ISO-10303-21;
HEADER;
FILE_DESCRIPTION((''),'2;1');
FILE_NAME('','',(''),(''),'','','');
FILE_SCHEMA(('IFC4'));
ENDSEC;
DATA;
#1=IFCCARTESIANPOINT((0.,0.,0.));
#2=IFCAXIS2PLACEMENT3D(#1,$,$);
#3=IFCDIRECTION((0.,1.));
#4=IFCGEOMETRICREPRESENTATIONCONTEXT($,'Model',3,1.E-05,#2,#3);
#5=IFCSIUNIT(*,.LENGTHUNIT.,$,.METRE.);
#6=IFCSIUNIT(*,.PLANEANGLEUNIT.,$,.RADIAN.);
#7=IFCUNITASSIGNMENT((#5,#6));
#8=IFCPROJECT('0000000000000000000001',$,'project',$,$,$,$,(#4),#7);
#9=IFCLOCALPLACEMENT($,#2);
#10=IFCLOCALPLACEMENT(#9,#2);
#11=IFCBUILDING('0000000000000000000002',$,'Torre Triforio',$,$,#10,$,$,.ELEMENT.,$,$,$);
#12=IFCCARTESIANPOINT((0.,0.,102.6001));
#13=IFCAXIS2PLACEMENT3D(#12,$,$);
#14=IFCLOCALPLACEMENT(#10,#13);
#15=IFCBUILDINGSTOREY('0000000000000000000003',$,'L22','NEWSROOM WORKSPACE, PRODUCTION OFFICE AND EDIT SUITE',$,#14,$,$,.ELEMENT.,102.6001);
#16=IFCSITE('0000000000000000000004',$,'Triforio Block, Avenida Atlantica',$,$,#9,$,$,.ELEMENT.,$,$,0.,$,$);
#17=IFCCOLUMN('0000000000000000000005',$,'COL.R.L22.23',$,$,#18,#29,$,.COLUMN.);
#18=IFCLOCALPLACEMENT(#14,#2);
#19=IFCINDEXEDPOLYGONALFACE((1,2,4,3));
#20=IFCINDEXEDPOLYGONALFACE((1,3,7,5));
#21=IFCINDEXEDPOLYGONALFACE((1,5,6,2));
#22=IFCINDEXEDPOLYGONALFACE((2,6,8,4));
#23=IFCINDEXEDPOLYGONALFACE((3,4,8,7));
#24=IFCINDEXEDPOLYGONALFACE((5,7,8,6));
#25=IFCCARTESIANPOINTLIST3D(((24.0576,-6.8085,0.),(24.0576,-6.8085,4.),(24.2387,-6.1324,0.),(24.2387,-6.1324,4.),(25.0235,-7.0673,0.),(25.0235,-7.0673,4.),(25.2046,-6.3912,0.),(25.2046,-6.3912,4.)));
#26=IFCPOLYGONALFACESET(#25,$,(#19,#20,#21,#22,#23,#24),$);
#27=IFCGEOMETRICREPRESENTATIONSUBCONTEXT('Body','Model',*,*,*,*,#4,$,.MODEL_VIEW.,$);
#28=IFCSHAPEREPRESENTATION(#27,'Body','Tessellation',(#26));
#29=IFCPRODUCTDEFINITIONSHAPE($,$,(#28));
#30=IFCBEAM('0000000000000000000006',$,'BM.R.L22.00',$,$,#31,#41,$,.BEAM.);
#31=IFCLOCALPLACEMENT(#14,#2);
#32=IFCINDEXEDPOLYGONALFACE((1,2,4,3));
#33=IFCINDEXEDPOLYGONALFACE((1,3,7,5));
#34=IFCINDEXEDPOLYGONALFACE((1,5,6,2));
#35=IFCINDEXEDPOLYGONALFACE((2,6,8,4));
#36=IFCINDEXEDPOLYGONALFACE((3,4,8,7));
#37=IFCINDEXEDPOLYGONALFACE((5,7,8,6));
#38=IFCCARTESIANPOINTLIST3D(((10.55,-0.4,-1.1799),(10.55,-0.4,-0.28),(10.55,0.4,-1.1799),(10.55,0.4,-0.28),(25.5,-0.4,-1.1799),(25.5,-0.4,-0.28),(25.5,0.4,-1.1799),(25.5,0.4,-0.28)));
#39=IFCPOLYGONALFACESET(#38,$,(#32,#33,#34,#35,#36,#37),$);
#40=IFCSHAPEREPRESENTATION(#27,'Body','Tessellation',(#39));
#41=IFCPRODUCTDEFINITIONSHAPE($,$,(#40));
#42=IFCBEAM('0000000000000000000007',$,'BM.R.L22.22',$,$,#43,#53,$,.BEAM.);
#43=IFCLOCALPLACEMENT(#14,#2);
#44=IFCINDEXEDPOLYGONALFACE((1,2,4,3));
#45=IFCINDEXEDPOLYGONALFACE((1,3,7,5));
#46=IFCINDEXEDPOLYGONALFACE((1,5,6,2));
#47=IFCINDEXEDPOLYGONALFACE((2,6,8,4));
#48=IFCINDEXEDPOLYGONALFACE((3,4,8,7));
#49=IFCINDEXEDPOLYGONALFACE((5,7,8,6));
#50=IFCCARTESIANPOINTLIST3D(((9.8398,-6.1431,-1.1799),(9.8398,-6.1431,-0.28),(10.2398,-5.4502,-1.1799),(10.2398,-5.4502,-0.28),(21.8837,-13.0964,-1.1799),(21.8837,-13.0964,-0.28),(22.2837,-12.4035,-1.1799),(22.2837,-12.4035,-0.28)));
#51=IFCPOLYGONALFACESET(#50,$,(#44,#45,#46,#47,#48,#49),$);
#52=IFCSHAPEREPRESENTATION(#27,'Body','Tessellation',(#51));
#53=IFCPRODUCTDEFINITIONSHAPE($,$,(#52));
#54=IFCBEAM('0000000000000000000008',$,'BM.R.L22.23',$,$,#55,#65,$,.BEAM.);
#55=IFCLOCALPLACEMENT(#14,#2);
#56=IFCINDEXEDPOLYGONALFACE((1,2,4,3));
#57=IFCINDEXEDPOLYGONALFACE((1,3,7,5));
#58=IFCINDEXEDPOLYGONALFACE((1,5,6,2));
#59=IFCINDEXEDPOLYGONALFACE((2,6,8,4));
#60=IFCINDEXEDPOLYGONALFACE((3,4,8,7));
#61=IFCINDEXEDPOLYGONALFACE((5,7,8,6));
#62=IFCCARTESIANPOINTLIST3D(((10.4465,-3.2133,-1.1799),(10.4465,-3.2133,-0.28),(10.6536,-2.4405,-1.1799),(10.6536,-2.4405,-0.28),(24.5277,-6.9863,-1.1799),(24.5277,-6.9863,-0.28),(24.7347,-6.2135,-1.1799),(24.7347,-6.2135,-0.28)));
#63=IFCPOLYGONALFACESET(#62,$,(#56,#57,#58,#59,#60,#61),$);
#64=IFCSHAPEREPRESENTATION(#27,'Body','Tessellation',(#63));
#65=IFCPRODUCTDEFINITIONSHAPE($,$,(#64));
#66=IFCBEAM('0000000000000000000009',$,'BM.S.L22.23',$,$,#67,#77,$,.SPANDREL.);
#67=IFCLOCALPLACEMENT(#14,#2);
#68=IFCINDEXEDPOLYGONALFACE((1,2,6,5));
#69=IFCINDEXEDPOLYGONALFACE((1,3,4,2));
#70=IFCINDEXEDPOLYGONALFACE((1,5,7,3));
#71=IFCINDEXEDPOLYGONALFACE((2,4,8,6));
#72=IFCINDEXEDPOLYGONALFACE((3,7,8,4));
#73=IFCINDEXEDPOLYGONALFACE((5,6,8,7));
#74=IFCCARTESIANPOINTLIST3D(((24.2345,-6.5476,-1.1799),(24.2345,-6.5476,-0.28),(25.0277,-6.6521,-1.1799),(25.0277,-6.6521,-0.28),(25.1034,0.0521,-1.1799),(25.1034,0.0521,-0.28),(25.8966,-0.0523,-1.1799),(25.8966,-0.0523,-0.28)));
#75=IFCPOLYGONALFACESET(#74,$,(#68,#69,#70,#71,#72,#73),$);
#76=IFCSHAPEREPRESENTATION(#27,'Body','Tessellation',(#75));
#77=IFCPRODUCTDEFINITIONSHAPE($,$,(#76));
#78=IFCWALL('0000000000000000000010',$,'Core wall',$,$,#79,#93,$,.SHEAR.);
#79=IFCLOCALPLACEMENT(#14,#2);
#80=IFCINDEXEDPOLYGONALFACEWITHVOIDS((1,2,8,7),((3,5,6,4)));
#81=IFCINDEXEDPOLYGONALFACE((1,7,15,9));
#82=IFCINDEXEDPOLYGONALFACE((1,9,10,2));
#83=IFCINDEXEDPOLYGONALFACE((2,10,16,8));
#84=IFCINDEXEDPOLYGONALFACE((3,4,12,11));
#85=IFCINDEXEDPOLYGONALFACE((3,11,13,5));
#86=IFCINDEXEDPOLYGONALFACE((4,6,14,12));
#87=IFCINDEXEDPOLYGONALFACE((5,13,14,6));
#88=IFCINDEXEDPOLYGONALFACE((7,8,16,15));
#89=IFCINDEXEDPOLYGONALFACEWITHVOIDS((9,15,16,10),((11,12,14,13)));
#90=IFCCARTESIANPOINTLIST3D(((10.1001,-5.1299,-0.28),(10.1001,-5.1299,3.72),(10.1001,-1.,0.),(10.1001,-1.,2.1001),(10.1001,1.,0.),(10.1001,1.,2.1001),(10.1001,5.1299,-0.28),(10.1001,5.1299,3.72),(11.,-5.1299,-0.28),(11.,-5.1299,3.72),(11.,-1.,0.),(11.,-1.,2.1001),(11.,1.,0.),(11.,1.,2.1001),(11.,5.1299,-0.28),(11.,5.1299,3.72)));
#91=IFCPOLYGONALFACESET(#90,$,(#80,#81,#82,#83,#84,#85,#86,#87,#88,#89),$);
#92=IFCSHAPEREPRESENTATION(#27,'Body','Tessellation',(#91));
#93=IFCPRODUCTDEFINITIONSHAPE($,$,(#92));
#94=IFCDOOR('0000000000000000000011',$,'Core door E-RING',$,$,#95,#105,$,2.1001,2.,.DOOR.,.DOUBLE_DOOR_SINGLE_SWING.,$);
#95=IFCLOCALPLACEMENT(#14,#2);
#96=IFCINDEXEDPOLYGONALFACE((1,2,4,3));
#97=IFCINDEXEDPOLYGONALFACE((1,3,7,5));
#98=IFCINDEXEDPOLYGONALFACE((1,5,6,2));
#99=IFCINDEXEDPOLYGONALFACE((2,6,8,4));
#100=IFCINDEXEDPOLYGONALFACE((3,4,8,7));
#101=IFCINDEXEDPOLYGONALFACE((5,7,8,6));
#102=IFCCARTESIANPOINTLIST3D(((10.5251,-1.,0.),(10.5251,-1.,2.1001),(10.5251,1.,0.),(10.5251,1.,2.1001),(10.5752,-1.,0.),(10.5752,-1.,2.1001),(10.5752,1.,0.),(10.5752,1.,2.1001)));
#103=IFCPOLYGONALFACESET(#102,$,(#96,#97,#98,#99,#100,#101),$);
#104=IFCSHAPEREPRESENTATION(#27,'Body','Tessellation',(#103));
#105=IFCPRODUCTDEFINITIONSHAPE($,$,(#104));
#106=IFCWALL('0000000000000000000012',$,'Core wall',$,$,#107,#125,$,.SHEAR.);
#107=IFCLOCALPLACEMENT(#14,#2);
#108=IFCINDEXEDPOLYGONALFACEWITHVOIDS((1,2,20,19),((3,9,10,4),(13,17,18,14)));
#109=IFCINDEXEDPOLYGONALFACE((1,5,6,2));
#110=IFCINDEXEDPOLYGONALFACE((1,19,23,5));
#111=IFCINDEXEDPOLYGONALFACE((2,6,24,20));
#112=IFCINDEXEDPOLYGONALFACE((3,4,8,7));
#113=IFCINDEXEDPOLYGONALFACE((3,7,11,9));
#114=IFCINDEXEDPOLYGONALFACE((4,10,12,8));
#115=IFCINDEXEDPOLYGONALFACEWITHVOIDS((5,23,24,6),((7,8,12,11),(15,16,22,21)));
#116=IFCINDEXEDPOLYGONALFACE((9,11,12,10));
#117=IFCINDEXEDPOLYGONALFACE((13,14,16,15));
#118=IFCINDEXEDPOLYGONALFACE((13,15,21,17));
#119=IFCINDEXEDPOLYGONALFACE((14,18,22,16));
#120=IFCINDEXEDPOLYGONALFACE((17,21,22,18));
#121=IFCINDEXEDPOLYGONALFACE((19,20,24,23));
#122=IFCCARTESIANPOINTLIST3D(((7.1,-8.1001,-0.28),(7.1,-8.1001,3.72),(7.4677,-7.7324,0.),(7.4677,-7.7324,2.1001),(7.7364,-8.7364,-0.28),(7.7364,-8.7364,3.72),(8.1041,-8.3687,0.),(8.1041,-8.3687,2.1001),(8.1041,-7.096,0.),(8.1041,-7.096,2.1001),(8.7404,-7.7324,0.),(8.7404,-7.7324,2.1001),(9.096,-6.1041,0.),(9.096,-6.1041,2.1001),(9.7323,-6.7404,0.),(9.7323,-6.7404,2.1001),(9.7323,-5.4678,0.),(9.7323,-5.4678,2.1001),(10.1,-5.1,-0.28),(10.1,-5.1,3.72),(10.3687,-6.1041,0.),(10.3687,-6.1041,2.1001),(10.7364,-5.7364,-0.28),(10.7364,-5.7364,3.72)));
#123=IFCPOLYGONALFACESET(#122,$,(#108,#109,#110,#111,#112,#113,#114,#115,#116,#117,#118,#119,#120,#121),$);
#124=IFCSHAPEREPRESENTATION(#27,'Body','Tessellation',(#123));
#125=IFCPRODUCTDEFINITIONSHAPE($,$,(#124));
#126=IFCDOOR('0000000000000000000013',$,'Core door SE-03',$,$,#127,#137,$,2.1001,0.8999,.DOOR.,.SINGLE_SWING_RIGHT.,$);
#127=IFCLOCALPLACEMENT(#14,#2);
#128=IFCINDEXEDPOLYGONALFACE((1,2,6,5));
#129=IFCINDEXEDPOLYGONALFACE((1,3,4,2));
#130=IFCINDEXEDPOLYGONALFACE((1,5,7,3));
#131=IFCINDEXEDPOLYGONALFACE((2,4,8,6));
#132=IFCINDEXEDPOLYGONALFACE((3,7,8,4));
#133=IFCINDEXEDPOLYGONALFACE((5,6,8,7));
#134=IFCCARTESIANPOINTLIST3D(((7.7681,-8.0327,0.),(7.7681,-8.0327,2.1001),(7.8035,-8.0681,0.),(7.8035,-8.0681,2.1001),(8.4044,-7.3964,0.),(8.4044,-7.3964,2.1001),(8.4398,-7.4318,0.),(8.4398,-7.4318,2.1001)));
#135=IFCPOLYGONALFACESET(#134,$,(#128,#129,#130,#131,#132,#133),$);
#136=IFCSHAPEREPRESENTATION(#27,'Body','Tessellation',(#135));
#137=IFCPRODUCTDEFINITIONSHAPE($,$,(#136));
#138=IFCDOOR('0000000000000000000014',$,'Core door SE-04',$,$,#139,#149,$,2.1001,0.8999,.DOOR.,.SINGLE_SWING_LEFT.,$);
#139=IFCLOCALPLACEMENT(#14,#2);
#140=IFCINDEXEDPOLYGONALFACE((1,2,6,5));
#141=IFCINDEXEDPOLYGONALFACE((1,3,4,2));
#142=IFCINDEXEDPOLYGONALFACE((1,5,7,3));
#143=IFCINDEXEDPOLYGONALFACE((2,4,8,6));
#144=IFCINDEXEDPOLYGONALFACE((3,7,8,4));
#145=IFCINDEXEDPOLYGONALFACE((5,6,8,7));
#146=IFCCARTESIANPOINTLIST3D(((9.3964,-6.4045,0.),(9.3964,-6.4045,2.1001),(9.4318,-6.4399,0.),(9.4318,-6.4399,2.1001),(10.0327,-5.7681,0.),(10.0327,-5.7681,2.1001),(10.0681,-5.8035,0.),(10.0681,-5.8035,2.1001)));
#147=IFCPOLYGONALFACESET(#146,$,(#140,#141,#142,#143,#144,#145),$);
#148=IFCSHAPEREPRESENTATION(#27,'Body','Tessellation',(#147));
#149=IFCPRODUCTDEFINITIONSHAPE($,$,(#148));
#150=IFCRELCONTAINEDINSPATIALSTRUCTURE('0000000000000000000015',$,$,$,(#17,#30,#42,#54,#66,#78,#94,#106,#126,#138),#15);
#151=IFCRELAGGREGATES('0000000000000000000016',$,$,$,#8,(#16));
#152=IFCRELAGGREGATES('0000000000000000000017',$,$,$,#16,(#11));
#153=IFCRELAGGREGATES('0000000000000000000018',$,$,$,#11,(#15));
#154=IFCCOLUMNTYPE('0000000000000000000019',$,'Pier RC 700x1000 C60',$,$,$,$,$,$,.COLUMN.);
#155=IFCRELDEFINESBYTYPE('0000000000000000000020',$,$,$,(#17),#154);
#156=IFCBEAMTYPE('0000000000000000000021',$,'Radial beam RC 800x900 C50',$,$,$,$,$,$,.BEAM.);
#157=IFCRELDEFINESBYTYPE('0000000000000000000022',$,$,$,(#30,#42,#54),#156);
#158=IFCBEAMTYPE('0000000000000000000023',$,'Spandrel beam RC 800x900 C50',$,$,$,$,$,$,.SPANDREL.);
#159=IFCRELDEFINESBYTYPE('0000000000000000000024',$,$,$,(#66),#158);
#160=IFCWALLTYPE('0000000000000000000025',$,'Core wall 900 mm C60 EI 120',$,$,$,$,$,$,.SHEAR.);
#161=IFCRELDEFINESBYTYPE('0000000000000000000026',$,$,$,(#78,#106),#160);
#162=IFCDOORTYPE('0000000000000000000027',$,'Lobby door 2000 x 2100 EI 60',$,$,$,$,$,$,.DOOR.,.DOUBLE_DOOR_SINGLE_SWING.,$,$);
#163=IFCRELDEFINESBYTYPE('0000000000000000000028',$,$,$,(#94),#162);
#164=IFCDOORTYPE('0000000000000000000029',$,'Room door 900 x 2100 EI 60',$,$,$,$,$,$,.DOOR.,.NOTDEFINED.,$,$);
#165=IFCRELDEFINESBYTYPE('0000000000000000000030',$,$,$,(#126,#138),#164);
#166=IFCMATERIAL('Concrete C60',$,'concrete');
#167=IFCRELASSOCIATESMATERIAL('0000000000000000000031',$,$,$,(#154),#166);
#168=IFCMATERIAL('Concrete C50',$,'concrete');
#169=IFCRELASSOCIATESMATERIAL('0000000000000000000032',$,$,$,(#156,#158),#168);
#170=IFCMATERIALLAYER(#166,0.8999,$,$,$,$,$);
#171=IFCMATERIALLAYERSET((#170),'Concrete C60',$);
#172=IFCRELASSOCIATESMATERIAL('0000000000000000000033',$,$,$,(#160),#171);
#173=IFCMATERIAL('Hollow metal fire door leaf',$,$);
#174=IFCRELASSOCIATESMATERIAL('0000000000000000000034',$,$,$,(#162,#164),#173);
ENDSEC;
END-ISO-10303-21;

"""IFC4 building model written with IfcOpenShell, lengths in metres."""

from ifc_helpers import new_model, si_unit, direction, frame, frame_2d, origin, origin_2d, place, context, subcontext, project, spatial, rectangle, extrude, material, layer, layer_set, material_profile, profile_set, type_object, element, fill, save


model = new_model("IFC4")

# Units and contexts
model_context = context("Model", 3, precision=1e-05, world=origin(), true_north=direction((0.0, 1.0)))
body_context = subcontext(model_context, "Body", "Model", "MODEL_VIEW")
ifc_project = project(units=[si_unit("LENGTHUNIT", "METRE"), si_unit("PLANEANGLEUNIT", "RADIAN")], contexts=[model_context])

# Site, building, storey
site_placement = place(None, origin())
site = spatial("IfcSite", under=ifc_project, at=site_placement, Name="Triforio Block, Avenida Atlantica", CompositionType="ELEMENT", RefElevation=0.0)
building_placement = place(site_placement, origin())
building = spatial("IfcBuilding", under=site, at=building_placement, Name="Torre Triforio", CompositionType="ELEMENT")
storey_placement = place(building_placement, frame((0.0, 0.0, 102.6001)))
storey = spatial("IfcBuildingStorey", under=building, at=storey_placement, Name="L22", Description="NEWSROOM WORKSPACE, PRODUCTION OFFICE AND EDIT SUITE", CompositionType="ELEMENT", Elevation=102.6001)

# Column
ifc_material_1 = material(Name="Concrete C60", Category="concrete")
ifc_material_profile_1 = material_profile(ifc_material_1, rectangle(XDim=0.7, YDim=1.0, at=origin_2d()), Name="RC 700x1000")
ifc_profile_set_1 = profile_set([ifc_material_profile_1], Name="Concrete C60")
column_type = type_object("IfcColumnType", Name="Pier RC 700x1000 C60", PredefinedType="COLUMN", material=ifc_profile_set_1)
column_placement = place(storey_placement, frame((24.6311, -6.5999, 0.0), z_axis=(0.0, 0.0, 1.0), x_axis=(0.258819, 0.965926, 0.0)))
element("IfcColumn", 1, at=column_placement, inside=storey, type_object=column_type, Name="COL.R.L22.23", PredefinedType="COLUMN", context=body_context, shape_type="SweptSolid", body=[
    extrude(rectangle(XDim=0.7, YDim=1.0, at=origin_2d()), origin(), (0.0, 0.0, 1.0), 4.0),
])

# Beams
ifc_material_2 = material(Name="Concrete C50", Category="concrete")
ifc_material_profile_2 = material_profile(ifc_material_2, rectangle(XDim=0.8, YDim=0.8999, at=origin_2d()), Name="RC 800x900")
ifc_profile_set_2 = profile_set([ifc_material_profile_2], Name="Concrete C50")
beam_type_1 = type_object("IfcBeamType", Name="Radial beam RC 800x900 C50", PredefinedType="BEAM", material=ifc_profile_set_2)
beam_1_placement = place(storey_placement, frame((10.55, 0.0, -0.73), z_axis=(1.0, 0.0, 0.0), x_axis=(0.0, 1.0, 0.0)))
element("IfcBeam", 2, at=beam_1_placement, inside=storey, type_object=beam_type_1, Name="BM.R.L22.00", PredefinedType="BEAM", context=body_context, shape_type="SweptSolid", body=[
    extrude(rectangle(XDim=0.8, YDim=0.8999, at=origin_2d()), origin(), (0.0, 0.0, 1.0), 14.95),
])
beam_2_placement = place(storey_placement, frame((10.0398, -5.7966, -0.73), z_axis=(0.866032, -0.499989, 0.0), x_axis=(0.499989, 0.866032, 0.0)))
element("IfcBeam", 3, at=beam_2_placement, inside=storey, type_object=beam_type_1, Name="BM.R.L22.22", PredefinedType="BEAM", context=body_context, shape_type="SweptSolid", body=[
    extrude(rectangle(XDim=0.8, YDim=0.8999, at=origin_2d()), origin(), (0.0, 0.0, 1.0), 13.907),
])
beam_3_placement = place(storey_placement, frame((10.55, -2.8269, -0.73), z_axis=(0.965927, -0.258815, 0.0), x_axis=(0.258815, 0.965927, 0.0)))
element("IfcBeam", 4, at=beam_3_placement, inside=storey, type_object=beam_type_1, Name="BM.R.L22.23", PredefinedType="BEAM", context=body_context, shape_type="SweptSolid", body=[
    extrude(rectangle(XDim=0.8, YDim=0.8999, at=origin_2d()), origin(), (0.0, 0.0, 1.0), 14.5779),
])
ifc_material_profile_3 = material_profile(ifc_material_2, rectangle(XDim=0.8, YDim=0.8999, at=origin_2d()), Name="RC 800x900")
ifc_profile_set_3 = profile_set([ifc_material_profile_3], Name="Concrete C50")
beam_type_2 = type_object("IfcBeamType", Name="Spandrel beam RC 800x900 C50", PredefinedType="SPANDREL", material=ifc_profile_set_3)
beam_4_placement = place(storey_placement, frame((24.6311, -6.5999, -0.73), z_axis=(0.130528, 0.991445, 0.0), x_axis=(-0.991445, 0.130528, 0.0)))
element("IfcBeam", 5, at=beam_4_placement, inside=storey, type_object=beam_type_2, Name="BM.S.L22.23", PredefinedType="SPANDREL", context=body_context, shape_type="SweptSolid", body=[
    extrude(rectangle(XDim=0.8, YDim=0.8999, at=origin_2d()), origin(), (0.0, 0.0, 1.0), 6.6567),
])

# Wall, opening, door
ifc_layer_1 = layer(ifc_material_1, 0.8999)
ifc_layer_set_1 = layer_set([ifc_layer_1], Name="Concrete C60")
wall_type_1 = type_object("IfcWallType", Name="Core wall 900 mm C60 EI 120", PredefinedType="SHEAR", material=ifc_layer_set_1)
wall_1_placement = place(storey_placement, frame((10.55, -5.1299, -0.28), z_axis=(0.0, 0.0, 1.0), x_axis=(0.0, 1.0, 0.0)))
wall_1 = element("IfcWall", 6, at=wall_1_placement, inside=storey, type_object=wall_type_1, Name="Core wall", PredefinedType="SHEAR", context=body_context, shape_type="SweptSolid", body=[
    extrude(rectangle(XDim=10.2598, YDim=0.8999, at=frame_2d((5.1299, 0.0))), origin(), (0.0, 0.0, 1.0), 4.0),
])
opening_1_placement = place(wall_1_placement, frame((4.1299, 0.0, 0.28)))
opening_1 = element("IfcOpeningElement", 7, at=opening_1_placement, cuts=wall_1, PredefinedType="OPENING", context=body_context, shape_type="SweptSolid", body=[
    extrude(rectangle(XDim=2.0, YDim=2.1001, at=frame_2d((1.0, 1.05))), frame((0.0, 0.46, 0.0), z_axis=(0.0, -1.0, 0.0), x_axis=(1.0, 0.0, 0.0)), (0.0, 0.0, 1.0), 0.9199),
])
ifc_material_3 = material(Name="Hollow metal fire door leaf")
door_type_1 = type_object("IfcDoorType", Name="Lobby door 2000 x 2100 EI 60", OperationType="DOUBLE_DOOR_SINGLE_SWING", PredefinedType="DOOR", material=ifc_material_3)
door_1_placement = place(opening_1_placement, origin())
door_1 = element("IfcDoor", 8, at=door_1_placement, inside=storey, type_object=door_type_1, Name="Core door E-RING", OperationType="DOUBLE_DOOR_SINGLE_SWING", OverallHeight=2.1001, OverallWidth=2.0, PredefinedType="DOOR", context=body_context, shape_type="SweptSolid", body=[
    extrude(rectangle(XDim=2.0, YDim=2.1001, at=frame_2d((1.0, 1.05))), frame((0.0, 0.0249, 0.0), z_axis=(0.0, -1.0, 0.0), x_axis=(1.0, 0.0, 0.0)), (0.0, 0.0, 1.0), 0.05),
])
fill(opening_1, door_1)

# Wall, openings, doors
wall_2_placement = place(storey_placement, frame((10.4182, -5.4182, -0.28), z_axis=(0.0, 0.0, 1.0), x_axis=(-0.707107, -0.707107, 0.0)))
wall_2 = element("IfcWall", 9, at=wall_2_placement, inside=storey, type_object=wall_type_1, Name="Core wall", PredefinedType="SHEAR", context=body_context, shape_type="SweptSolid", body=[
    extrude(rectangle(XDim=4.2427, YDim=0.8999, at=frame_2d((2.1213, 0.0))), origin(), (0.0, 0.0, 1.0), 4.0),
])
opening_2_placement = place(wall_2_placement, frame((2.8228, 0.0, 0.28)))
opening_2 = element("IfcOpeningElement", 10, at=opening_2_placement, cuts=wall_2, PredefinedType="OPENING", context=body_context, shape_type="SweptSolid", body=[
    extrude(rectangle(XDim=0.8999, YDim=2.1001, at=frame_2d((0.45, 1.05))), frame((0.0, 0.46, 0.0), z_axis=(0.0, -1.0, 0.0), x_axis=(1.0, 0.0, 0.0)), (0.0, 0.0, 1.0), 0.9199),
])
opening_3_placement = place(wall_2_placement, frame((0.52, 0.0, 0.28)))
opening_3 = element("IfcOpeningElement", 11, at=opening_3_placement, cuts=wall_2, PredefinedType="OPENING", context=body_context, shape_type="SweptSolid", body=[
    extrude(rectangle(XDim=0.8999, YDim=2.1001, at=frame_2d((0.45, 1.05))), frame((0.0, 0.46, 0.0), z_axis=(0.0, -1.0, 0.0), x_axis=(1.0, 0.0, 0.0)), (0.0, 0.0, 1.0), 0.9199),
])
door_type_2 = type_object("IfcDoorType", Name="Room door 900 x 2100 EI 60", OperationType="NOTDEFINED", PredefinedType="DOOR", material=ifc_material_3)
door_2_placement = place(opening_2_placement, origin())
door_2 = element("IfcDoor", 12, at=door_2_placement, inside=storey, type_object=door_type_2, Name="Core door SE-03", OperationType="SINGLE_SWING_RIGHT", OverallHeight=2.1001, OverallWidth=0.8999, PredefinedType="DOOR", context=body_context, shape_type="SweptSolid", body=[
    extrude(rectangle(XDim=0.8999, YDim=2.1001, at=frame_2d((0.45, 1.05))), frame((0.0, 0.0249, 0.0), z_axis=(0.0, -1.0, 0.0), x_axis=(1.0, 0.0, 0.0)), (0.0, 0.0, 1.0), 0.05),
])
fill(opening_2, door_2)
door_3_placement = place(opening_3_placement, origin())
door_3 = element("IfcDoor", 13, at=door_3_placement, inside=storey, type_object=door_type_2, Name="Core door SE-04", OperationType="SINGLE_SWING_LEFT", OverallHeight=2.1001, OverallWidth=0.8999, PredefinedType="DOOR", context=body_context, shape_type="SweptSolid", body=[
    extrude(rectangle(XDim=0.8999, YDim=2.1001, at=frame_2d((0.45, 1.05))), frame((0.0, 0.0249, 0.0), z_axis=(0.0, -1.0, 0.0), x_axis=(1.0, 0.0, 0.0)), (0.0, 0.0, 1.0), 0.05),
])
fill(opening_3, door_3)

save(model, "model.ifc")
